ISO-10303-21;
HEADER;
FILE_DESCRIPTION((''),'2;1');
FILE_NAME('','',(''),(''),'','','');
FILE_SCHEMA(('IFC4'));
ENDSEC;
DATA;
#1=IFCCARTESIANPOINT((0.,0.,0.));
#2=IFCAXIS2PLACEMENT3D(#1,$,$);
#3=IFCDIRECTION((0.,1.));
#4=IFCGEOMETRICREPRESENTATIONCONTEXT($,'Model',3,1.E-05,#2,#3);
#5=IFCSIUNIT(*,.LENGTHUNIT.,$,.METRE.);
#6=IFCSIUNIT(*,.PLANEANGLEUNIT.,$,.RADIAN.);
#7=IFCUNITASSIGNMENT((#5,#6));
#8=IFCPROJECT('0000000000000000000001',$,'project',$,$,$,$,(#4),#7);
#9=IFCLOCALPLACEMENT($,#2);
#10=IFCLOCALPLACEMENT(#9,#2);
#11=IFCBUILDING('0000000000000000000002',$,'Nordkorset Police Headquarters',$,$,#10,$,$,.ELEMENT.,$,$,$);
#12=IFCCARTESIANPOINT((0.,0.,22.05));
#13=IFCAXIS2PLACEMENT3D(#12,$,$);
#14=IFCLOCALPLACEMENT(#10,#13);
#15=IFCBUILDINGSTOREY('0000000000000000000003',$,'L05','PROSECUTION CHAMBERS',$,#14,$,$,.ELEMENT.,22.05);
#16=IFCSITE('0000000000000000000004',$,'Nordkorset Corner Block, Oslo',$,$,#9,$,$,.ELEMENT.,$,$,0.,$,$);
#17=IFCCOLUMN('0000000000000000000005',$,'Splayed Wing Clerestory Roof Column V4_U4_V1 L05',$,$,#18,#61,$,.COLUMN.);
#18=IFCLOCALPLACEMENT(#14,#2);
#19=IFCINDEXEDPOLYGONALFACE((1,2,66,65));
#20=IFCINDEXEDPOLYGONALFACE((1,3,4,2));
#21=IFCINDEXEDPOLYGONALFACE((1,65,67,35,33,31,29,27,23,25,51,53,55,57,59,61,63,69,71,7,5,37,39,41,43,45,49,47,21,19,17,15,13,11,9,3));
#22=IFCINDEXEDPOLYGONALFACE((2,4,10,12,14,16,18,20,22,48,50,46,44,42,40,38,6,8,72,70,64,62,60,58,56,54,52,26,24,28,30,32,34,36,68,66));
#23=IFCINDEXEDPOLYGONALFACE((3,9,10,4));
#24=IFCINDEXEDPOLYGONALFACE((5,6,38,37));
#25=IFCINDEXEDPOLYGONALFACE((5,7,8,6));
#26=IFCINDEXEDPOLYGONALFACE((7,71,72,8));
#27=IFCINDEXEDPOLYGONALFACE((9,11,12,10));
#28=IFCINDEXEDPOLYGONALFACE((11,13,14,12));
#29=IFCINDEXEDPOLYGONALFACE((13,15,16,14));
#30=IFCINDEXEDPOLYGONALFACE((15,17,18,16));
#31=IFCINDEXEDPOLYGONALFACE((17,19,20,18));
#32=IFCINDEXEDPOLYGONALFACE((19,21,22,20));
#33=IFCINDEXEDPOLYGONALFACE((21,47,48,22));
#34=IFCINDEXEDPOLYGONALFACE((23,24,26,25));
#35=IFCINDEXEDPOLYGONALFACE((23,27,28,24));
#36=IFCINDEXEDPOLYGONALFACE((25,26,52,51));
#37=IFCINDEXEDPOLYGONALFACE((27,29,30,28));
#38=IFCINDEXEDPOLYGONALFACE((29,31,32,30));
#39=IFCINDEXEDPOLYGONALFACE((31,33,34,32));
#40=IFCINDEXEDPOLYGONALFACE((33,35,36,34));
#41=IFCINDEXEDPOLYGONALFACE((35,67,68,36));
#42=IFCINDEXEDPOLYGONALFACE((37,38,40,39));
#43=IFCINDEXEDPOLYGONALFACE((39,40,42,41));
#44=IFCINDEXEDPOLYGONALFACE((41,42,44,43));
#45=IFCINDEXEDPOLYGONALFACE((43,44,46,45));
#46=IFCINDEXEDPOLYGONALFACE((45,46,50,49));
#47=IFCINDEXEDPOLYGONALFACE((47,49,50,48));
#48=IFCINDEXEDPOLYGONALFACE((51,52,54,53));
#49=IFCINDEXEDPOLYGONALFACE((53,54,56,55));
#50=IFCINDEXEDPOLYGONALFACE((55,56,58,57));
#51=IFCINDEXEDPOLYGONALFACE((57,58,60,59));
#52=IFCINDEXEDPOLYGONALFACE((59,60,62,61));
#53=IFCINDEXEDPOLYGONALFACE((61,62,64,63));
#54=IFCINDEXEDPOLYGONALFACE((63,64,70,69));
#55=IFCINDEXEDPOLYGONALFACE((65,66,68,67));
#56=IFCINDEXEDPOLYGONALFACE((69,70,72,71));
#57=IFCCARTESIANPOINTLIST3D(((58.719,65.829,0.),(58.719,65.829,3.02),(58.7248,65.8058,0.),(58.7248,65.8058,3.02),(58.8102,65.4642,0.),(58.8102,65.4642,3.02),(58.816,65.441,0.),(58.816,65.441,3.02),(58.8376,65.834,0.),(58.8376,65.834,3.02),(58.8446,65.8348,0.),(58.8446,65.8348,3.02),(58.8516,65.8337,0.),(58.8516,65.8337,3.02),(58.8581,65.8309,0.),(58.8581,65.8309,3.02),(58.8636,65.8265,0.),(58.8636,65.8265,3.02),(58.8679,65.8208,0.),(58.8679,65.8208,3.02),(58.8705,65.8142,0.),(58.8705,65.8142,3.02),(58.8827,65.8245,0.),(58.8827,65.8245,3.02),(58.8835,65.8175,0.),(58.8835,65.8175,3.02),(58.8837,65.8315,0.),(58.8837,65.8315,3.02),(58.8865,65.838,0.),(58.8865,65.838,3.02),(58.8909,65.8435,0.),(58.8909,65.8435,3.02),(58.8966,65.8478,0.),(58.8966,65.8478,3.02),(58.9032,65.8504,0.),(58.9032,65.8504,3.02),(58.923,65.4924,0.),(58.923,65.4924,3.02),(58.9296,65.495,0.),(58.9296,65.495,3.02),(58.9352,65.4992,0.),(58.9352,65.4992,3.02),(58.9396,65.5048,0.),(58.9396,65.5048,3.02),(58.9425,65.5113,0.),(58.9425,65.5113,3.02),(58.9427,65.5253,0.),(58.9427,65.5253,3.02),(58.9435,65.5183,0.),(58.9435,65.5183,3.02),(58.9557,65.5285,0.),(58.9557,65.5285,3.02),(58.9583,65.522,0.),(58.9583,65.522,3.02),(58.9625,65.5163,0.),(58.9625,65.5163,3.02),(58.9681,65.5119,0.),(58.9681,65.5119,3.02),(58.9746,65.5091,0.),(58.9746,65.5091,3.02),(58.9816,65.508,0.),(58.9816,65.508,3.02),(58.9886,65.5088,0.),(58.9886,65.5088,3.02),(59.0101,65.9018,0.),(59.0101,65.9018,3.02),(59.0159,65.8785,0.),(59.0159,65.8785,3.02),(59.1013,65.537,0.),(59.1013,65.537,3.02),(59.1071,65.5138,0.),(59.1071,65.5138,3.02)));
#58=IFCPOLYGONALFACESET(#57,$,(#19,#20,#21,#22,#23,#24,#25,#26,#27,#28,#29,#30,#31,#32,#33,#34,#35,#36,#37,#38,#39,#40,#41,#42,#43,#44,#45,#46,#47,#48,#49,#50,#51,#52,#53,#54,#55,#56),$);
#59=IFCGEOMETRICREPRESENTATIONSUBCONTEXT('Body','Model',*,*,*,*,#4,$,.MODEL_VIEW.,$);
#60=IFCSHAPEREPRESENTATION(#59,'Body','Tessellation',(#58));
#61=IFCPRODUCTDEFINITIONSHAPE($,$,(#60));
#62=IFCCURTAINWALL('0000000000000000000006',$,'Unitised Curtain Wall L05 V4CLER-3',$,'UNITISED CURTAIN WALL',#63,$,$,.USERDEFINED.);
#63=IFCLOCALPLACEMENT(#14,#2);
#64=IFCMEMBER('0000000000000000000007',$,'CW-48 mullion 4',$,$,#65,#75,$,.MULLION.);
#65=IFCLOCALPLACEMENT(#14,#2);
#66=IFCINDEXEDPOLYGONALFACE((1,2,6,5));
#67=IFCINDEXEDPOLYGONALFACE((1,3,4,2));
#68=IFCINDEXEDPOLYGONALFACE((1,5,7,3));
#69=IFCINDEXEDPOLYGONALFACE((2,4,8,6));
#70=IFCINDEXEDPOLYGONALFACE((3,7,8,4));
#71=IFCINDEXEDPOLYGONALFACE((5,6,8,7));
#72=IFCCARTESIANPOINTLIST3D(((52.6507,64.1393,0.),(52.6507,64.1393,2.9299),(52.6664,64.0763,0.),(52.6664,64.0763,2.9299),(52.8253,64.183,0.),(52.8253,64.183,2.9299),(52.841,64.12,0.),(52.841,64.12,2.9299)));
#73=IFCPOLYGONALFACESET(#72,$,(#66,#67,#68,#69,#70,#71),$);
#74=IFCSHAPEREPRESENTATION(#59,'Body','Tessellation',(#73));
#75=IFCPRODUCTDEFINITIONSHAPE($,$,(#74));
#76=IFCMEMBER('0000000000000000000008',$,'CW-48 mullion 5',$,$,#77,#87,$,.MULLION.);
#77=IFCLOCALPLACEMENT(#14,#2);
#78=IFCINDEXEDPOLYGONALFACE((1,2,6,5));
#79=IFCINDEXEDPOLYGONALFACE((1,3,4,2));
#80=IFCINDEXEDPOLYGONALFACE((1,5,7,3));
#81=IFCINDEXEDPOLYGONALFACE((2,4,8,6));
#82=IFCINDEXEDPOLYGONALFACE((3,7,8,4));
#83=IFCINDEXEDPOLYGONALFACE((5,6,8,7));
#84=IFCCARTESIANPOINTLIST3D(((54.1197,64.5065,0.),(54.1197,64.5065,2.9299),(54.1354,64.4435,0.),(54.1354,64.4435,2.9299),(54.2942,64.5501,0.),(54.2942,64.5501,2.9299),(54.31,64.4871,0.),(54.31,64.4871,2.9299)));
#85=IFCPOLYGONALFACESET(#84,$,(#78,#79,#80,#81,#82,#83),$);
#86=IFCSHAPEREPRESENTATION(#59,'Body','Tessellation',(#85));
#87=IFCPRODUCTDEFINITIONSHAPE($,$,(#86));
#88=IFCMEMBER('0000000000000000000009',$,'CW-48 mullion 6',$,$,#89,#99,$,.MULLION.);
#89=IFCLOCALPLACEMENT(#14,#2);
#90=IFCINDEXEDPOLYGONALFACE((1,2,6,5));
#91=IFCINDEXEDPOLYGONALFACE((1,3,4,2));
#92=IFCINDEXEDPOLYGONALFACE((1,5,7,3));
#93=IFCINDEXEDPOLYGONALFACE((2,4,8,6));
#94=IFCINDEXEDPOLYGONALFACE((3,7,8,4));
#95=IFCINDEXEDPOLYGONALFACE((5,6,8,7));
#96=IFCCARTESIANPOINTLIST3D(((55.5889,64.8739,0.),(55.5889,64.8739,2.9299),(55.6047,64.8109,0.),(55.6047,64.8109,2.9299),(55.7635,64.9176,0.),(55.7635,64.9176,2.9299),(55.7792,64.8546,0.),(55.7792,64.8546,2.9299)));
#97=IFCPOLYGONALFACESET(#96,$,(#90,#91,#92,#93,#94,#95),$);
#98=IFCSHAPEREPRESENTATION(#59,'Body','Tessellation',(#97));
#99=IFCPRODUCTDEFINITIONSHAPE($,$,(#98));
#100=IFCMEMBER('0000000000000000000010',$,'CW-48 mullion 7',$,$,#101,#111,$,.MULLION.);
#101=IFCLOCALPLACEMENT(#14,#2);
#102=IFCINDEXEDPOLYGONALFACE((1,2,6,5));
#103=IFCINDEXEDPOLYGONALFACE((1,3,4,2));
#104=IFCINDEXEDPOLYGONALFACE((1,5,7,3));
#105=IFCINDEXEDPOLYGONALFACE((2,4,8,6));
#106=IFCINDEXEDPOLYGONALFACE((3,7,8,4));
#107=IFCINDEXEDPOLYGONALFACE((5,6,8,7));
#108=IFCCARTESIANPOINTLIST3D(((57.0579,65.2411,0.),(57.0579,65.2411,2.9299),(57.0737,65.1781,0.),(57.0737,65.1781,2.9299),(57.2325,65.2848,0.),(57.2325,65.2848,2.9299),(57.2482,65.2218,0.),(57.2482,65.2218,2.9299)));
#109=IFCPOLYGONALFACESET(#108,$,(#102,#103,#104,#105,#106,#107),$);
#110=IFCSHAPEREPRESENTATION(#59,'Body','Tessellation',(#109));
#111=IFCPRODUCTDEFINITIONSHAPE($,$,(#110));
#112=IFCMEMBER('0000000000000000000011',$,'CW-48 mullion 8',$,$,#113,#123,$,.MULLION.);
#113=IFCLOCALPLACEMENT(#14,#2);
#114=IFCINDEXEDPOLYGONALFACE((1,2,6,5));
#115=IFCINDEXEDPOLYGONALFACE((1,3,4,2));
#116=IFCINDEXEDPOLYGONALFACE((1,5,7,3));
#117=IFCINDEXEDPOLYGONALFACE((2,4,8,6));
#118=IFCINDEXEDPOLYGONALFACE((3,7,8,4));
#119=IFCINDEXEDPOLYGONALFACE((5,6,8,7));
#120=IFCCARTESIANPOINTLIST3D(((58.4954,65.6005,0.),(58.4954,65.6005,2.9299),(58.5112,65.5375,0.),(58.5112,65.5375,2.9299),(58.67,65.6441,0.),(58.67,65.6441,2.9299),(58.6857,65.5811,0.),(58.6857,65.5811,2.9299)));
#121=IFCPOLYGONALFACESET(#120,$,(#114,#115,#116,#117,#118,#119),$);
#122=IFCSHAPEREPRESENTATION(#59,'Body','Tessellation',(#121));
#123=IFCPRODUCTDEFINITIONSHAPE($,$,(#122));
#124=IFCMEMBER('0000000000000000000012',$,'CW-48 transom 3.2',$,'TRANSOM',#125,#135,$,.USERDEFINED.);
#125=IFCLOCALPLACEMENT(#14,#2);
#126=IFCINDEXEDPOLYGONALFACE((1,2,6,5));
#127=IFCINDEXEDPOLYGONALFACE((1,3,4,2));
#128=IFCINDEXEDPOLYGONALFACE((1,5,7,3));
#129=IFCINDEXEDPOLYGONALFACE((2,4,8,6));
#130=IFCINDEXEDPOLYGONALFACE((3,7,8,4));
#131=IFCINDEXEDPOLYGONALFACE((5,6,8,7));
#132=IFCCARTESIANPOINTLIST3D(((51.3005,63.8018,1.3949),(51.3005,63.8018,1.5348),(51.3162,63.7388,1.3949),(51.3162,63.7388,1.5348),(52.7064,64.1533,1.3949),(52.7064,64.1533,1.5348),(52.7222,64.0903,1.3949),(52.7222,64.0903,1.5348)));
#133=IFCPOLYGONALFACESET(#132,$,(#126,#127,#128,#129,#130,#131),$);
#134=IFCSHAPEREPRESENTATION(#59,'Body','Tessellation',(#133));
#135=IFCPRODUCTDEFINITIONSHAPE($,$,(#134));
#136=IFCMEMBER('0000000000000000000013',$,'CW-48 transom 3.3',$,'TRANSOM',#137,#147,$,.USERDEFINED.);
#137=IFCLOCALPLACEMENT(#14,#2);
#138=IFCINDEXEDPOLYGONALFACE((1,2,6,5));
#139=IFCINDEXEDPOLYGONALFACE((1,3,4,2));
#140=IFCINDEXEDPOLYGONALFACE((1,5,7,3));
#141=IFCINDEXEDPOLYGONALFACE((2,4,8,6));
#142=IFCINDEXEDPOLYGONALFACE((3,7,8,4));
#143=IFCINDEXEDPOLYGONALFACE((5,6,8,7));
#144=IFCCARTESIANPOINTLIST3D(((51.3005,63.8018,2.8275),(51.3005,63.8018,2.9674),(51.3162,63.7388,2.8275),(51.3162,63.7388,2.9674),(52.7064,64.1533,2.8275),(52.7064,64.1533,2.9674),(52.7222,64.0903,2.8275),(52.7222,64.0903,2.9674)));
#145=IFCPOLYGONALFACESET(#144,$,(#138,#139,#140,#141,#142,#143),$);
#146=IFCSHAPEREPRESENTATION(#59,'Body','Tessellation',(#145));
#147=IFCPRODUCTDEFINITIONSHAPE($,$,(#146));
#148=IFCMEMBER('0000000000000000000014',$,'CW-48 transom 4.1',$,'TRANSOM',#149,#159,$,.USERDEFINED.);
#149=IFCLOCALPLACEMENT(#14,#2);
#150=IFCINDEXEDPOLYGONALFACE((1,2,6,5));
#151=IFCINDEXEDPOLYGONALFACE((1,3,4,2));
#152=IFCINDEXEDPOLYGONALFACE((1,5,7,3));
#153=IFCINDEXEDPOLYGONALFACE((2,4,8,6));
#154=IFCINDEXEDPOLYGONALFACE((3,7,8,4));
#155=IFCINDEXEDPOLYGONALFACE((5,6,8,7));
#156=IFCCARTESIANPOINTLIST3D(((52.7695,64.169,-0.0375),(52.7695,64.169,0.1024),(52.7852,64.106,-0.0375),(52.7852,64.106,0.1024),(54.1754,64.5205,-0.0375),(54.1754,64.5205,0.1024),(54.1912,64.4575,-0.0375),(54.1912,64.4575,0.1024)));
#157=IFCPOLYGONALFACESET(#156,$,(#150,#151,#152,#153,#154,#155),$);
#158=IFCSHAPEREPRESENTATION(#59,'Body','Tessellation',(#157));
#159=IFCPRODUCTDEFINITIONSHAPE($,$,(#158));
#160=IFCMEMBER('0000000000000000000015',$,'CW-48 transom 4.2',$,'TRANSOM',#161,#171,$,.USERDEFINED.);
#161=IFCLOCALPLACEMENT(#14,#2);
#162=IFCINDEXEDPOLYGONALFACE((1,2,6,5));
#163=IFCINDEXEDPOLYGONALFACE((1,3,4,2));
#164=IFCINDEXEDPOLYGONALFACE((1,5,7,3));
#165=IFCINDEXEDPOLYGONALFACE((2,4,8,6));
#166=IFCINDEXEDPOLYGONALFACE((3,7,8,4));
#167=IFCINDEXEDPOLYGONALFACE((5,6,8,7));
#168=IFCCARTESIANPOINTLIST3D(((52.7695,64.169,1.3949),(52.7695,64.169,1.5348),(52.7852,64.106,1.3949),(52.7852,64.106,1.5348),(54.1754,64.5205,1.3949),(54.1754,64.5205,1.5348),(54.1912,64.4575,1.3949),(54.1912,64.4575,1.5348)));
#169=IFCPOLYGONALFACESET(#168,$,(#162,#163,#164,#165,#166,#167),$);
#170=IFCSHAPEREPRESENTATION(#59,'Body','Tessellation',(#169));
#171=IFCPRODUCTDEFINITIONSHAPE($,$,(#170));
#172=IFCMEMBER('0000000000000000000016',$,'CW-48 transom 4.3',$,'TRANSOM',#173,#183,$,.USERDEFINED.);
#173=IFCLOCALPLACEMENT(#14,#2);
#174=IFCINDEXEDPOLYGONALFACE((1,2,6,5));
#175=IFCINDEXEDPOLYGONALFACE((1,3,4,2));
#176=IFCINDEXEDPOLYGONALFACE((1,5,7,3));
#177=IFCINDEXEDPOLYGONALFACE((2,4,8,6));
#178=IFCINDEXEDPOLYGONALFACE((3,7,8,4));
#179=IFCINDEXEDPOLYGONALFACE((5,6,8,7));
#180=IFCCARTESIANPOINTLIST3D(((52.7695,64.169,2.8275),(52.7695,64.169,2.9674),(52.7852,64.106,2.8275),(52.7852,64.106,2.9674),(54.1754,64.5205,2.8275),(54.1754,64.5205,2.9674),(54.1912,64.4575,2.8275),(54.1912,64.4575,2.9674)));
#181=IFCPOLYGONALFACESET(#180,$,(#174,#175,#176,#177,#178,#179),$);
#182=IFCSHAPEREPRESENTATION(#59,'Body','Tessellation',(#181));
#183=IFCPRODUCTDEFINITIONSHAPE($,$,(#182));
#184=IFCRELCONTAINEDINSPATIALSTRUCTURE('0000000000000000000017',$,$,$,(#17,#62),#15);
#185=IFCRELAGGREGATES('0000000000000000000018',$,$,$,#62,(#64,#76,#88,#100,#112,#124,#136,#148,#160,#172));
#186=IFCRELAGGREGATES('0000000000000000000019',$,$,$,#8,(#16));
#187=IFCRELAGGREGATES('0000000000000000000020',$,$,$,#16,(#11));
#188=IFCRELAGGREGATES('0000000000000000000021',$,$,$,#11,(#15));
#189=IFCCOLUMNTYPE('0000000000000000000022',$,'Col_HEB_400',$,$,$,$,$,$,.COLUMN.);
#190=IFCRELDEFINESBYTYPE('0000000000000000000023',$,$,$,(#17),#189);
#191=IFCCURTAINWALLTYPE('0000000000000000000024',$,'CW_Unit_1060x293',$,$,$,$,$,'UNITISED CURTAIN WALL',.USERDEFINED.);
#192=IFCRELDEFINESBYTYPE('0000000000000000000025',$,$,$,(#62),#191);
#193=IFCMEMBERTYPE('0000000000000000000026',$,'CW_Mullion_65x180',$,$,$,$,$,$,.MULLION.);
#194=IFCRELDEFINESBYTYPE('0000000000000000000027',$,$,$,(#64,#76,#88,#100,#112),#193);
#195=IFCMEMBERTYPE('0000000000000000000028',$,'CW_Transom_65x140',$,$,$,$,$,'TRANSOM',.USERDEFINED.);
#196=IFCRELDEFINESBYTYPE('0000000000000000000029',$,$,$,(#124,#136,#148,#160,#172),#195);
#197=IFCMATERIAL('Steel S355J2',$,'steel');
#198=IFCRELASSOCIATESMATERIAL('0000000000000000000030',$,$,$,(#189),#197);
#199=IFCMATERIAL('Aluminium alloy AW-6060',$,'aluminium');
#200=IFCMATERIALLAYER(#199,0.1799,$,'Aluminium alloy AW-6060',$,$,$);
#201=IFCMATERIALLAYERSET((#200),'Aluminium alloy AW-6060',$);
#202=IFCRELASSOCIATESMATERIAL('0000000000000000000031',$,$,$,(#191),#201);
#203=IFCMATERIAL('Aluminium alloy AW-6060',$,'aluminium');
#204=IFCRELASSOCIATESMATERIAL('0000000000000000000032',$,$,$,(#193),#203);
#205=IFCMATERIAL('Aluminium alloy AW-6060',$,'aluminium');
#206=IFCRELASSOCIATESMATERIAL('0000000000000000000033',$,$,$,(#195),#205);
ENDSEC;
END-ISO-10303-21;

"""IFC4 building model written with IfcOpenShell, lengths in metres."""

from ifc_helpers import new_model, si_unit, direction, frame, origin, origin_2d, place, context, subcontext, project, spatial, rectangle, i_section, extrude, material, layer, layer_set, material_profile, profile_set, type_object, element, aggregate, save


model = new_model("IFC4")

# Units and contexts
model_context = context("Model", 3, precision=1e-05, world=origin(), true_north=direction((0.0, 1.0)))
body_context = subcontext(model_context, "Body", "Model", "MODEL_VIEW")
ifc_project = project(units=[si_unit("LENGTHUNIT", "METRE"), si_unit("PLANEANGLEUNIT", "RADIAN")], contexts=[model_context])

# Site, building, storey
site_placement = place(None, origin())
site = spatial("IfcSite", under=ifc_project, at=site_placement, Name="Nordkorset Corner Block, Oslo", CompositionType="ELEMENT", RefElevation=0.0)
building_placement = place(site_placement, origin())
building = spatial("IfcBuilding", under=site, at=building_placement, Name="Nordkorset Police Headquarters", CompositionType="ELEMENT")
storey_placement = place(building_placement, frame((0.0, 0.0, 22.05)))
storey = spatial("IfcBuildingStorey", under=building, at=storey_placement, Name="L05", Description="PROSECUTION CHAMBERS", CompositionType="ELEMENT", Elevation=22.05)

# Column
ifc_material_1 = material(Name="Steel S355J2", Category="steel")
ifc_material_profile_1 = material_profile(ifc_material_1, i_section(OverallWidth=0.3, OverallDepth=0.3999, WebThickness=0.0134, FlangeThickness=0.0239, FilletRadius=0.0271, at=origin_2d()), Name="HEB 400")
ifc_profile_set_1 = profile_set([ifc_material_profile_1], Name="Steel S355J2")
column_type = type_object("IfcColumnType", Name="Col_HEB_400", PredefinedType="COLUMN", material=ifc_profile_set_1)
column_placement = place(storey_placement, frame((58.9131, 65.6714, 0.0), z_axis=(0.0, 0.0, 1.0), x_axis=(0.970143, 0.242536, 0.0)))
element("IfcColumn", 1, at=column_placement, inside=storey, type_object=column_type, Name="Splayed Wing Clerestory Roof Column V4_U4_V1 L05", PredefinedType="COLUMN", context=body_context, shape_type="SweptSolid", body=[
    extrude(i_section(OverallWidth=0.3, OverallDepth=0.3999, WebThickness=0.0134, FlangeThickness=0.0239, FilletRadius=0.0271, at=origin_2d()), origin(), (0.0, 0.0, 1.0), 3.02),
])

# Curtain wall, members
ifc_material_2 = material(Name="Aluminium alloy AW-6060", Category="aluminium")
ifc_layer_1 = layer(ifc_material_2, 0.1799, Name="Aluminium alloy AW-6060")
ifc_layer_set_1 = layer_set([ifc_layer_1], Name="Aluminium alloy AW-6060")
curtain_wall_type = type_object("IfcCurtainWallType", Name="CW_Unit_1060x293", ElementType="UNITISED CURTAIN WALL", PredefinedType="USERDEFINED", material=ifc_layer_set_1)
curtain_wall_placement = place(storey_placement, origin())
curtain_wall = element("IfcCurtainWall", 2, at=curtain_wall_placement, inside=storey, type_object=curtain_wall_type, Name="Unitised Curtain Wall L05 V4CLER-3", ObjectType="UNITISED CURTAIN WALL", PredefinedType="USERDEFINED")
ifc_material_3 = material(Name="Aluminium alloy AW-6060", Category="aluminium")
ifc_material_profile_2 = material_profile(ifc_material_3, rectangle(XDim=0.0649, YDim=0.1799, at=origin_2d()), Name="ALU MULL 65x180")
ifc_profile_set_2 = profile_set([ifc_material_profile_2], Name="Aluminium alloy AW-6060")
member_type_1 = type_object("IfcMemberType", Name="CW_Mullion_65x180", PredefinedType="MULLION", material=ifc_profile_set_2)
member_1_placement = place(storey_placement, frame((52.7458, 64.1296, 0.0), z_axis=(0.0, 0.0, 1.0), x_axis=(-0.242536, 0.970142, 0.0)))
member_1 = element("IfcMember", 3, at=member_1_placement, type_object=member_type_1, Name="CW-48 mullion 4", PredefinedType="MULLION", context=body_context, shape_type="SweptSolid", body=[
    extrude(rectangle(XDim=0.0649, YDim=0.1799, at=origin_2d()), origin(), (0.0, 0.0, 1.0), 2.9299),
])
member_2_placement = place(storey_placement, frame((54.2148, 64.4968, 0.0), z_axis=(0.0, 0.0, 1.0), x_axis=(-0.242536, 0.970142, 0.0)))
member_2 = element("IfcMember", 4, at=member_2_placement, type_object=member_type_1, Name="CW-48 mullion 5", PredefinedType="MULLION", context=body_context, shape_type="SweptSolid", body=[
    extrude(rectangle(XDim=0.0649, YDim=0.1799, at=origin_2d()), origin(), (0.0, 0.0, 1.0), 2.9299),
])
member_3_placement = place(storey_placement, frame((55.6841, 64.8643, 0.0), z_axis=(0.0, 0.0, 1.0), x_axis=(-0.242536, 0.970142, 0.0)))
member_3 = element("IfcMember", 5, at=member_3_placement, type_object=member_type_1, Name="CW-48 mullion 6", PredefinedType="MULLION", context=body_context, shape_type="SweptSolid", body=[
    extrude(rectangle(XDim=0.0649, YDim=0.1799, at=origin_2d()), origin(), (0.0, 0.0, 1.0), 2.9299),
])
member_4_placement = place(storey_placement, frame((57.1531, 65.2314, 0.0), z_axis=(0.0, 0.0, 1.0), x_axis=(-0.242536, 0.970142, 0.0)))
member_4 = element("IfcMember", 6, at=member_4_placement, type_object=member_type_1, Name="CW-48 mullion 7", PredefinedType="MULLION", context=body_context, shape_type="SweptSolid", body=[
    extrude(rectangle(XDim=0.0649, YDim=0.1799, at=origin_2d()), origin(), (0.0, 0.0, 1.0), 2.9299),
])
member_5_placement = place(storey_placement, frame((58.5906, 65.5908, 0.0), z_axis=(0.0, 0.0, 1.0), x_axis=(-0.242536, 0.970142, 0.0)))
member_5 = element("IfcMember", 7, at=member_5_placement, type_object=member_type_1, Name="CW-48 mullion 8", PredefinedType="MULLION", context=body_context, shape_type="SweptSolid", body=[
    extrude(rectangle(XDim=0.0649, YDim=0.1799, at=origin_2d()), origin(), (0.0, 0.0, 1.0), 2.9299),
])
ifc_material_4 = material(Name="Aluminium alloy AW-6060", Category="aluminium")
ifc_material_profile_3 = material_profile(ifc_material_4, rectangle(XDim=0.0649, YDim=0.1399, at=origin_2d()), Name="ALU TRAN 65x140")
ifc_profile_set_3 = profile_set([ifc_material_profile_3], Name="Aluminium alloy AW-6060")
member_type_2 = type_object("IfcMemberType", Name="CW_Transom_65x140", ElementType="TRANSOM", PredefinedType="USERDEFINED", material=ifc_profile_set_3)
member_6_placement = place(storey_placement, frame((51.3083, 63.7703, 1.4648), z_axis=(0.970133, 0.242575, 0.0), x_axis=(-0.242575, 0.970133, 0.0)))
member_6 = element("IfcMember", 8, at=member_6_placement, type_object=member_type_2, Name="CW-48 transom 3.2", ObjectType="TRANSOM", PredefinedType="USERDEFINED", context=body_context, shape_type="SweptSolid", body=[
    extrude(rectangle(XDim=0.0649, YDim=0.1399, at=origin_2d()), origin(), (0.0, 0.0, 1.0), 1.4492),
])
member_7_placement = place(storey_placement, frame((51.3083, 63.7703, 2.8975), z_axis=(0.970133, 0.242575, 0.0), x_axis=(-0.242575, 0.970133, 0.0)))
member_7 = element("IfcMember", 9, at=member_7_placement, type_object=member_type_2, Name="CW-48 transom 3.3", ObjectType="TRANSOM", PredefinedType="USERDEFINED", context=body_context, shape_type="SweptSolid", body=[
    extrude(rectangle(XDim=0.0649, YDim=0.1399, at=origin_2d()), origin(), (0.0, 0.0, 1.0), 1.4492),
])
member_8_placement = place(storey_placement, frame((52.7773, 64.1375, 0.0325), z_axis=(0.970133, 0.242575, 0.0), x_axis=(-0.242575, 0.970133, 0.0)))
member_8 = element("IfcMember", 10, at=member_8_placement, type_object=member_type_2, Name="CW-48 transom 4.1", ObjectType="TRANSOM", PredefinedType="USERDEFINED", context=body_context, shape_type="SweptSolid", body=[
    extrude(rectangle(XDim=0.0649, YDim=0.1399, at=origin_2d()), origin(), (0.0, 0.0, 1.0), 1.4492),
])
member_9_placement = place(storey_placement, frame((52.7773, 64.1375, 1.4648), z_axis=(0.970133, 0.242575, 0.0), x_axis=(-0.242575, 0.970133, 0.0)))
member_9 = element("IfcMember", 11, at=member_9_placement, type_object=member_type_2, Name="CW-48 transom 4.2", ObjectType="TRANSOM", PredefinedType="USERDEFINED", context=body_context, shape_type="SweptSolid", body=[
    extrude(rectangle(XDim=0.0649, YDim=0.1399, at=origin_2d()), origin(), (0.0, 0.0, 1.0), 1.4492),
])
member_10_placement = place(storey_placement, frame((52.7773, 64.1375, 2.8975), z_axis=(0.970133, 0.242575, 0.0), x_axis=(-0.242575, 0.970133, 0.0)))
member_10 = element("IfcMember", 12, at=member_10_placement, type_object=member_type_2, Name="CW-48 transom 4.3", ObjectType="TRANSOM", PredefinedType="USERDEFINED", context=body_context, shape_type="SweptSolid", body=[
    extrude(rectangle(XDim=0.0649, YDim=0.1399, at=origin_2d()), origin(), (0.0, 0.0, 1.0), 1.4492),
])

aggregate(curtain_wall, [member_1, member_2, member_3, member_4, member_5, member_6, member_7, member_8, member_9, member_10])

save(model, "model.ifc")
